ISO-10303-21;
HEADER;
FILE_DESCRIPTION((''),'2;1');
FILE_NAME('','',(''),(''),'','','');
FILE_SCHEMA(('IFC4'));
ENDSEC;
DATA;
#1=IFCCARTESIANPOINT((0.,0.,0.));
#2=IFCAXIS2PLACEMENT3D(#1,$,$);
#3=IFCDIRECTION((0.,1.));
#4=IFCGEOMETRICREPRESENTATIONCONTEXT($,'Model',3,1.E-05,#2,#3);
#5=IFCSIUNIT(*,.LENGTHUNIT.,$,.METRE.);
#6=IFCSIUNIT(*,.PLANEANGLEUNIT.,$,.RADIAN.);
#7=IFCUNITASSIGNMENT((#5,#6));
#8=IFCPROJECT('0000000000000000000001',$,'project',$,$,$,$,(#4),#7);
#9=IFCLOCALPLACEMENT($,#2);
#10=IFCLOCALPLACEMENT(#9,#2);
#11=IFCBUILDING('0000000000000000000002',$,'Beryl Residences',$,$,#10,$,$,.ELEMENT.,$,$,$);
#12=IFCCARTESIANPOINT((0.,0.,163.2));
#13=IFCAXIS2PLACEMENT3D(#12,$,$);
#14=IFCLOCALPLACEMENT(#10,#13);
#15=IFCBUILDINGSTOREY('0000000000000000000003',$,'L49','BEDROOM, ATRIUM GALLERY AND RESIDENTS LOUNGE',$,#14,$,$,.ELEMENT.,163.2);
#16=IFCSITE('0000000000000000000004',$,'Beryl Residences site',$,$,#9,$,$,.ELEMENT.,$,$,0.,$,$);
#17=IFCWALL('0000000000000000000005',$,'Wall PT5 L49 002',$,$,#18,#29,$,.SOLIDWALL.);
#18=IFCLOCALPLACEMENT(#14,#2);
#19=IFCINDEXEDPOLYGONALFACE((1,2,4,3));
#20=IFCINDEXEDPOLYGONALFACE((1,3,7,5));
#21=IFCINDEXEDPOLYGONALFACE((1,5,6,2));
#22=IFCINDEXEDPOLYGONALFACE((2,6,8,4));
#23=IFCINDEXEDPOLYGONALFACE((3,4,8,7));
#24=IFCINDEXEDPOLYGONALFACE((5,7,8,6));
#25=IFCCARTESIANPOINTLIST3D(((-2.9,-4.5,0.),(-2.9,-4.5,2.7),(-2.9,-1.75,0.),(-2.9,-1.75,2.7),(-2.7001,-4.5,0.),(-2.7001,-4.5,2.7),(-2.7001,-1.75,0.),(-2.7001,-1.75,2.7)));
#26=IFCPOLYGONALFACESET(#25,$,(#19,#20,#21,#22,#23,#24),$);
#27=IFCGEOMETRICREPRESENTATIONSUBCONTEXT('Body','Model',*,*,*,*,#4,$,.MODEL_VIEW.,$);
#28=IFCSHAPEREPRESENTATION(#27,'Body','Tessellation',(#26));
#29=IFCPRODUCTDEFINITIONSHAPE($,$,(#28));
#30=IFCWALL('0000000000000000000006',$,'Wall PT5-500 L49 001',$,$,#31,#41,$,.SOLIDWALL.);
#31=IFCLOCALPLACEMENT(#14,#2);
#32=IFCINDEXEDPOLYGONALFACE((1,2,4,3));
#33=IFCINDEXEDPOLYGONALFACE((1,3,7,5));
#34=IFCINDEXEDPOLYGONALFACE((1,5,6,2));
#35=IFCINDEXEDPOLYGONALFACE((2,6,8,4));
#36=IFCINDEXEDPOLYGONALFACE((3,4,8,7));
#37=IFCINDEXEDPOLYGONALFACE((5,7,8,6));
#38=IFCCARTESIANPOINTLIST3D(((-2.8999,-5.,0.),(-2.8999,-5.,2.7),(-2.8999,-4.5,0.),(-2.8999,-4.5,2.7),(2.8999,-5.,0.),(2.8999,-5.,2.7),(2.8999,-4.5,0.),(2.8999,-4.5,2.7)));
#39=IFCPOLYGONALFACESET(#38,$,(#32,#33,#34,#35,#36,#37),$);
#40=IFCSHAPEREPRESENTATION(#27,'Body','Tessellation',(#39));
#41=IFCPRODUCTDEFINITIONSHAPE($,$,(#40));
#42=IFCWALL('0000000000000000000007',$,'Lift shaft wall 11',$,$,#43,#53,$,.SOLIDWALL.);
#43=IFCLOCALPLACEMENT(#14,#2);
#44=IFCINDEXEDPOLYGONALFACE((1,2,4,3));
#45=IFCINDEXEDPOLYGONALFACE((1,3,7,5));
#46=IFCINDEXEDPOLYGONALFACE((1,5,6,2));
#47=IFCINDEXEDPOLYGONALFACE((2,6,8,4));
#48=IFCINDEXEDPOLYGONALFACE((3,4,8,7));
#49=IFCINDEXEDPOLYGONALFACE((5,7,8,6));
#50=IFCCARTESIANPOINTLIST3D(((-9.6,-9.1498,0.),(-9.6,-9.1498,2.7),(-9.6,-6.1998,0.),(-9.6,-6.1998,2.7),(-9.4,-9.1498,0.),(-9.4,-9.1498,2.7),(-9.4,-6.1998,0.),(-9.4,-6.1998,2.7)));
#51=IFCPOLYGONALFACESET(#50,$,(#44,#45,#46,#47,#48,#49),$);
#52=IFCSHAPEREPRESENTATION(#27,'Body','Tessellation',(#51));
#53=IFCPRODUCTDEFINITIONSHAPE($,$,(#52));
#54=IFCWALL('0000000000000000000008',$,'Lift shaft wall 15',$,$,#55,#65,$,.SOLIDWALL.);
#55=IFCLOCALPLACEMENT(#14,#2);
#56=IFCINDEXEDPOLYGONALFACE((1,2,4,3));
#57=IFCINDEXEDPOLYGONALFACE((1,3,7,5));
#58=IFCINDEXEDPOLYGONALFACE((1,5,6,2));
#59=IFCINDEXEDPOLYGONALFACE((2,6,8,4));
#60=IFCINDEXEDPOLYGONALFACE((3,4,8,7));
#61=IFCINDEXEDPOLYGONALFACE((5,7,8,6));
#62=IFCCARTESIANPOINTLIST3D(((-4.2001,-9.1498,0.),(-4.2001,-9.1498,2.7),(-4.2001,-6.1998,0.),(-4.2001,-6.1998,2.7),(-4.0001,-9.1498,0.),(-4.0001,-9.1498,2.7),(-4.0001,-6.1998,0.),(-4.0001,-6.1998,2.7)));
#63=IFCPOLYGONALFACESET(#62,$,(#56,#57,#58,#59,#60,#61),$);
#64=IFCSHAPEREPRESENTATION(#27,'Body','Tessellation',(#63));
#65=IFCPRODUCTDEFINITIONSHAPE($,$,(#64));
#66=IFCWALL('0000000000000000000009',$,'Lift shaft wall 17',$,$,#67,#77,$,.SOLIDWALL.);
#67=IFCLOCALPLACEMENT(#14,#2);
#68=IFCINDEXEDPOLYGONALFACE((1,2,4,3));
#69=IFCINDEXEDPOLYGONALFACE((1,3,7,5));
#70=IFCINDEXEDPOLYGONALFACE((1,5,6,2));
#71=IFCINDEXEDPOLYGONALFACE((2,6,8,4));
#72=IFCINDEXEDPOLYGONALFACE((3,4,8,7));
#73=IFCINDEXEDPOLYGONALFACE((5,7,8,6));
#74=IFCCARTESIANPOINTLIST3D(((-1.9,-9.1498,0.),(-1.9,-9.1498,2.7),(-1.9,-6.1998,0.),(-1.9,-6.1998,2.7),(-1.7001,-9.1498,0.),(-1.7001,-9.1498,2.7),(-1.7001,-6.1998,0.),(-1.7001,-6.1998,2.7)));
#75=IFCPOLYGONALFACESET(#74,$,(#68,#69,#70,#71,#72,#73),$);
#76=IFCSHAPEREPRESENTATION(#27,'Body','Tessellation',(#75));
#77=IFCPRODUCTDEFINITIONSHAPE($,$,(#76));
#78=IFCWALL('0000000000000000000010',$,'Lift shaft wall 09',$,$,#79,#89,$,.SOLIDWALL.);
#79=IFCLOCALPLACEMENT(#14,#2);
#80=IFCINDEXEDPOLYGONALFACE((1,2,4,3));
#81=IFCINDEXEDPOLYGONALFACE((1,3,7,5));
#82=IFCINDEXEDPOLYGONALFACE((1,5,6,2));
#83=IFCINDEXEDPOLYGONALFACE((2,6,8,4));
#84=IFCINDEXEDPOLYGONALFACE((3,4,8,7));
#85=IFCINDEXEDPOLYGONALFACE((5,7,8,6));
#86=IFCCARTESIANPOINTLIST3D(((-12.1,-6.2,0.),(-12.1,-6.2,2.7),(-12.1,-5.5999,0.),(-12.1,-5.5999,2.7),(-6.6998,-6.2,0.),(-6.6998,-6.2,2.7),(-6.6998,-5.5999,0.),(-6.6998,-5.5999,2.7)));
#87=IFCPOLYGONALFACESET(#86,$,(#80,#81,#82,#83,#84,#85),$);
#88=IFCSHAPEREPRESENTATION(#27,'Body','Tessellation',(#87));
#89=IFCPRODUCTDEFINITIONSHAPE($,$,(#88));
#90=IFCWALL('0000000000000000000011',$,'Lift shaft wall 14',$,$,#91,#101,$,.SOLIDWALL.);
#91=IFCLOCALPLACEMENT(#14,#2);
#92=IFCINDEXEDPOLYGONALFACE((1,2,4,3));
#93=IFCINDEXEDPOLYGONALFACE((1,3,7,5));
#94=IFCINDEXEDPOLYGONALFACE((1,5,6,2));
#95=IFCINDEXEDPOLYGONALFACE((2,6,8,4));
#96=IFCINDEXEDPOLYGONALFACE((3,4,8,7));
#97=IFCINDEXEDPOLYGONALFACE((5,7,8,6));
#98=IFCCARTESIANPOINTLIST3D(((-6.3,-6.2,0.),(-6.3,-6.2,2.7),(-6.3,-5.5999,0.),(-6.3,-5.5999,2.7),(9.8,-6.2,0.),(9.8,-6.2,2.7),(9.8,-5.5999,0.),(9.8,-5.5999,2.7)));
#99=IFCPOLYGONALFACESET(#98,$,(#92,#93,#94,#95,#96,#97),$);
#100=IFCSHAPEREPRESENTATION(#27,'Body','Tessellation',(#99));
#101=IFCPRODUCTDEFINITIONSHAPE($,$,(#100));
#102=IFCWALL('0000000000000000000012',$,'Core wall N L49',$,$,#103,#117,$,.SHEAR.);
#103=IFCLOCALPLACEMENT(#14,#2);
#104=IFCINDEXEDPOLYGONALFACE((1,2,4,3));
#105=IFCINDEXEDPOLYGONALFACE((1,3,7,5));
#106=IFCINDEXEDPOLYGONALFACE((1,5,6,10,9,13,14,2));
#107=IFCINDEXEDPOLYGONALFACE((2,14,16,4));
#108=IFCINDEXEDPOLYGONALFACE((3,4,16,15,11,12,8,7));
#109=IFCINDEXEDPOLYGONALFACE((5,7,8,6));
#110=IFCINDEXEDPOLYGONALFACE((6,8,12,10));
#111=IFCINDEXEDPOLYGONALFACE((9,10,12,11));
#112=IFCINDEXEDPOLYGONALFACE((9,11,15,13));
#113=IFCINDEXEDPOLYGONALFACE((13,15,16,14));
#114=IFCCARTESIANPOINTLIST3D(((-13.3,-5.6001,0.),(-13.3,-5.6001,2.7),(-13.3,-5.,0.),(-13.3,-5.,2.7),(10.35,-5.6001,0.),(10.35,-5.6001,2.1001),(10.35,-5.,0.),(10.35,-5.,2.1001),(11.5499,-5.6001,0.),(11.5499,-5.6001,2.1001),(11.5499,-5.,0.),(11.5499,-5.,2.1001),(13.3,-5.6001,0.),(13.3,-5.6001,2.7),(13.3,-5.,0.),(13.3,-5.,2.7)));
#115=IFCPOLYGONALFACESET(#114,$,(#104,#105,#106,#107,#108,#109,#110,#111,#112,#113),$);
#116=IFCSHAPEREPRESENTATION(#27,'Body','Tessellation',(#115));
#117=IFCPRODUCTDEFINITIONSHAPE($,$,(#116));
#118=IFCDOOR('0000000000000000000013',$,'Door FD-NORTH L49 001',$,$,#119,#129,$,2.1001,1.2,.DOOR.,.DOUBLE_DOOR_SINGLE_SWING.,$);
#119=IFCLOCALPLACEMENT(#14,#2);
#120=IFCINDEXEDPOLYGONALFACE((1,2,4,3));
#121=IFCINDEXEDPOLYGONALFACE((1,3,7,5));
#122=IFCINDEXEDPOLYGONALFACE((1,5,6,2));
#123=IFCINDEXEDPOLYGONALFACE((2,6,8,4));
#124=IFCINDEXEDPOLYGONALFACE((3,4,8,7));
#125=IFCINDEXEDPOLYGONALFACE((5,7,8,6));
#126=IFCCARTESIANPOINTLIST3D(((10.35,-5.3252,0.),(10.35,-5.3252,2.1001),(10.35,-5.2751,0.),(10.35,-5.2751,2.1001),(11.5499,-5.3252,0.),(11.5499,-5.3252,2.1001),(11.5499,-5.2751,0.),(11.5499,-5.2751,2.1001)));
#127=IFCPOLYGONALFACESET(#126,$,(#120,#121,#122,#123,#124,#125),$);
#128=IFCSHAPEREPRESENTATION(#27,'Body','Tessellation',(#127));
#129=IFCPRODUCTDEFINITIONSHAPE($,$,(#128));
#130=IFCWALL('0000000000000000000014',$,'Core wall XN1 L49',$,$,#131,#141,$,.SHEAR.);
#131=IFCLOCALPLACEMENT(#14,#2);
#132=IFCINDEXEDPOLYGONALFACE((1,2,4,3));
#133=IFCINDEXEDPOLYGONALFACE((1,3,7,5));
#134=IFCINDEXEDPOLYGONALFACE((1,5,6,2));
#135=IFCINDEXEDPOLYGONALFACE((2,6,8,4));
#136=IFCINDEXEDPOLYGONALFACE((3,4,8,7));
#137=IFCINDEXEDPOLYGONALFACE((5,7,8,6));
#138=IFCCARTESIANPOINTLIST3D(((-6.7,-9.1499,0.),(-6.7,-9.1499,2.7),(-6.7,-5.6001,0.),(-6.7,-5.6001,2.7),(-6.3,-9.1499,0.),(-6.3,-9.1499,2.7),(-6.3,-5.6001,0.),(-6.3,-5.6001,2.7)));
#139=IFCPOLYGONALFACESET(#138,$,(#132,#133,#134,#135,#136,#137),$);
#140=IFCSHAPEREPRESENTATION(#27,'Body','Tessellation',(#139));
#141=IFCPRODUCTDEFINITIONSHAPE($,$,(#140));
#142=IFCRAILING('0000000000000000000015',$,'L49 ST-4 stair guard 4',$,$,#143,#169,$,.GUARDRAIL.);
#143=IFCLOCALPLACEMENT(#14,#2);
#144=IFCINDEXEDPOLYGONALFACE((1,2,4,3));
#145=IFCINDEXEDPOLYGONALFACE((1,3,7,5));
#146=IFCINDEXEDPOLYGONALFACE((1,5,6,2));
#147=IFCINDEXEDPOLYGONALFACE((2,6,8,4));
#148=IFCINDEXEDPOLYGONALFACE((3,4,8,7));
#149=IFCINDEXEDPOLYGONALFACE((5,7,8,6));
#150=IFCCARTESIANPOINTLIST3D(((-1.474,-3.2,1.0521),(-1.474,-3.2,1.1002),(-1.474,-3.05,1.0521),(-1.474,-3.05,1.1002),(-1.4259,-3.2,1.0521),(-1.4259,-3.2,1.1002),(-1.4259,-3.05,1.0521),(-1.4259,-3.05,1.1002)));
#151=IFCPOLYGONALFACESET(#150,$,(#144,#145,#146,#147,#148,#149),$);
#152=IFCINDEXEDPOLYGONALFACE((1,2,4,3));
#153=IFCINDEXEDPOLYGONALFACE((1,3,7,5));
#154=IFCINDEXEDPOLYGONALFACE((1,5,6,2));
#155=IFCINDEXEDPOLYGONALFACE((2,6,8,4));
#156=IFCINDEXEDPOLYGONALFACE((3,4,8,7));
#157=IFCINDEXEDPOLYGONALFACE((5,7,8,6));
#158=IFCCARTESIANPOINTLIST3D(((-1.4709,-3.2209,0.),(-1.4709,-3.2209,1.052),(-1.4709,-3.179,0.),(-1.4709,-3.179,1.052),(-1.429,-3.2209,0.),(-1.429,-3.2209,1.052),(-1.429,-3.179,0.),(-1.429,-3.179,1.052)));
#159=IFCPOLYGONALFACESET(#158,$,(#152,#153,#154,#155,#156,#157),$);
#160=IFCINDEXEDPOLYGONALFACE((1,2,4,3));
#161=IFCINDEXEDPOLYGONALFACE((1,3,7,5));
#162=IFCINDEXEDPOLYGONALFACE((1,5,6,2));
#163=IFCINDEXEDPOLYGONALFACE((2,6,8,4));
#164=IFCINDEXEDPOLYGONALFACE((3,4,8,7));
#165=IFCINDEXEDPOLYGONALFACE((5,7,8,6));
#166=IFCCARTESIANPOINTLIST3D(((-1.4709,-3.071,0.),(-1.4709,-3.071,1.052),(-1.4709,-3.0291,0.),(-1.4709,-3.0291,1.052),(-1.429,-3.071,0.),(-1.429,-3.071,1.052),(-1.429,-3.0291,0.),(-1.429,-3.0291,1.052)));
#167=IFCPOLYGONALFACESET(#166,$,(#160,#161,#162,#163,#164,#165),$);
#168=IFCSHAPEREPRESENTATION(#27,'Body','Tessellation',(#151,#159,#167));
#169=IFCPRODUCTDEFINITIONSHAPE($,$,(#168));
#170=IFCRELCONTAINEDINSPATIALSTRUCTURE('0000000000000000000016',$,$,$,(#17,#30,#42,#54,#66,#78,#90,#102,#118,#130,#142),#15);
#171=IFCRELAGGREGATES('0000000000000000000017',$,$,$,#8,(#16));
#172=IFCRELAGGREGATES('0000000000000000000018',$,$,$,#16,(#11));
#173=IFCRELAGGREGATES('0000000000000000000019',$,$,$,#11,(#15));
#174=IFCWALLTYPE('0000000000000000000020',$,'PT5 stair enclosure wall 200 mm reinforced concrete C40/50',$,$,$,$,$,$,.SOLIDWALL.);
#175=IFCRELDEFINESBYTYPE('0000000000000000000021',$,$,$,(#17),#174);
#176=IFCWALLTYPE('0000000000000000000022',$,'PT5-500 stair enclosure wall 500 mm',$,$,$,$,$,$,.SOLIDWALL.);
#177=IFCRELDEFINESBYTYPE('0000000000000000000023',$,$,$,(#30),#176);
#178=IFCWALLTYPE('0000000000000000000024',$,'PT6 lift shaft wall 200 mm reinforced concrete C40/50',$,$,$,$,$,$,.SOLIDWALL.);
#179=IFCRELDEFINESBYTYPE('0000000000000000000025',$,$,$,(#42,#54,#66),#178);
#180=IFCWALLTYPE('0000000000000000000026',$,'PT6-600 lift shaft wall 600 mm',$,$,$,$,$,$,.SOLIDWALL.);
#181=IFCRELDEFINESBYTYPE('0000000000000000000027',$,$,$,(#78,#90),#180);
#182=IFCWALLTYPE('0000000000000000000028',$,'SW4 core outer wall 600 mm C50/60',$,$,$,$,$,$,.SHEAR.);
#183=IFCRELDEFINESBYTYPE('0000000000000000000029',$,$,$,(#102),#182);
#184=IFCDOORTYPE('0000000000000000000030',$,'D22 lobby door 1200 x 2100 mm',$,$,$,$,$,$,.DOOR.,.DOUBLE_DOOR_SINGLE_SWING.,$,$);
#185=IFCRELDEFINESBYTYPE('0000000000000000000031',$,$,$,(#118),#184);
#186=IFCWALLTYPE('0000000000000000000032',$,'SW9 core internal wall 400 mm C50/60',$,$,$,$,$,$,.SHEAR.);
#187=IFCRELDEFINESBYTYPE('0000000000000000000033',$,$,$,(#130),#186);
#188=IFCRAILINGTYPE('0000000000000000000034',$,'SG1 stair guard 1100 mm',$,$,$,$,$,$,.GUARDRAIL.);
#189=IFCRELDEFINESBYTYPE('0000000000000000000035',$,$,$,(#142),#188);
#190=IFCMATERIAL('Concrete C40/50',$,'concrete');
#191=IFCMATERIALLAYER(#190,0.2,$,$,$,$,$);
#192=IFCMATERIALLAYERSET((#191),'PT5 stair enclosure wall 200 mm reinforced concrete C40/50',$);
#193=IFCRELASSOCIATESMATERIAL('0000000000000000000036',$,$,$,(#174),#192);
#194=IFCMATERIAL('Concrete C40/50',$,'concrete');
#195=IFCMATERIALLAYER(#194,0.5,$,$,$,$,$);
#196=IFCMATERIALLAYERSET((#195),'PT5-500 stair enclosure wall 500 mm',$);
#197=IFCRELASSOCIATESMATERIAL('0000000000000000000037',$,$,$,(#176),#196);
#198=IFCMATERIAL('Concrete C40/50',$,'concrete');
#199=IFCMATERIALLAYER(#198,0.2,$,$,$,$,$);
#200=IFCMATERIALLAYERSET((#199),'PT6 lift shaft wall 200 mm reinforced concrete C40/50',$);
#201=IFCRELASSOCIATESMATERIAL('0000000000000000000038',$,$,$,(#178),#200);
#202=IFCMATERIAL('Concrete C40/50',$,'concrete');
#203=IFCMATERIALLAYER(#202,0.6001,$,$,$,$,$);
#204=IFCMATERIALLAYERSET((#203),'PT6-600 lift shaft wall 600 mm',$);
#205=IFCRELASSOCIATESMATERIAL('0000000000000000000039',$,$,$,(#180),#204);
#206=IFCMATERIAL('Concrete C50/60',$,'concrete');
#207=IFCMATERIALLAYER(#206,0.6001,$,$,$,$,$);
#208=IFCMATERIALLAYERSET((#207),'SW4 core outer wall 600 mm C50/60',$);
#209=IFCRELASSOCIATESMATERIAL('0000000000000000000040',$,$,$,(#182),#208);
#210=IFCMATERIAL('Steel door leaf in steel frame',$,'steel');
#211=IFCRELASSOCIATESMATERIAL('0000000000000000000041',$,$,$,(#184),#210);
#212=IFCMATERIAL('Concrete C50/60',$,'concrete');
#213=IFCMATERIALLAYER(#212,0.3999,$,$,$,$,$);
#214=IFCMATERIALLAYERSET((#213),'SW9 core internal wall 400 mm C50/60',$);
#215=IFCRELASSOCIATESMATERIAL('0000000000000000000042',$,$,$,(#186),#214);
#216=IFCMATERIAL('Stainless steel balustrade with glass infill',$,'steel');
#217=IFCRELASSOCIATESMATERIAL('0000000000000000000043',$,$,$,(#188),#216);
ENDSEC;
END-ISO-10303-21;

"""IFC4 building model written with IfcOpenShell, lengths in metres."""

from ifc_helpers import new_model, si_unit, direction, frame, frame_2d, origin, origin_2d, place, context, subcontext, project, spatial, rectangle, extrude, material, layer, layer_set, type_object, element, fill, save


model = new_model("IFC4")

# Units and contexts
model_context = context("Model", 3, precision=1e-05, world=origin(), true_north=direction((0.0, 1.0)))
body_context = subcontext(model_context, "Body", "Model", "MODEL_VIEW")
ifc_project = project(units=[si_unit("LENGTHUNIT", "METRE"), si_unit("PLANEANGLEUNIT", "RADIAN")], contexts=[model_context])

# Site, building, storey
site_placement = place(None, origin())
site = spatial("IfcSite", under=ifc_project, at=site_placement, Name="Beryl Residences site", CompositionType="ELEMENT", RefElevation=0.0)
building_placement = place(site_placement, origin())
building = spatial("IfcBuilding", under=site, at=building_placement, Name="Beryl Residences", CompositionType="ELEMENT")
storey_placement = place(building_placement, frame((0.0, 0.0, 163.2)))
storey = spatial("IfcBuildingStorey", under=building, at=storey_placement, Name="L49", Description="BEDROOM, ATRIUM GALLERY AND RESIDENTS LOUNGE", CompositionType="ELEMENT", Elevation=163.2)

# Walls
ifc_material_1 = material(Name="Concrete C40/50", Category="concrete")
ifc_layer_1 = layer(ifc_material_1, 0.2)
ifc_layer_set_1 = layer_set([ifc_layer_1], Name="PT5 stair enclosure wall 200 mm reinforced concrete C40/50")
wall_type_1 = type_object("IfcWallType", Name="PT5 stair enclosure wall 200 mm reinforced concrete C40/50", PredefinedType="SOLIDWALL", material=ifc_layer_set_1)
wall_1_placement = place(storey_placement, frame((-2.8, -4.5, 0.0), z_axis=(0.0, 0.0, 1.0), x_axis=(0.0, 1.0, 0.0)))
element("IfcWall", 1, at=wall_1_placement, inside=storey, type_object=wall_type_1, Name="Wall PT5 L49 002", PredefinedType="SOLIDWALL", context=body_context, shape_type="SweptSolid", body=[
    extrude(rectangle(XDim=2.75, YDim=0.2, at=frame_2d((1.375, 0.0))), origin(), (0.0, 0.0, 1.0), 2.7),
])
ifc_material_2 = material(Name="Concrete C40/50", Category="concrete")
ifc_layer_2 = layer(ifc_material_2, 0.5)
ifc_layer_set_2 = layer_set([ifc_layer_2], Name="PT5-500 stair enclosure wall 500 mm")
wall_type_2 = type_object("IfcWallType", Name="PT5-500 stair enclosure wall 500 mm", PredefinedType="SOLIDWALL", material=ifc_layer_set_2)
wall_2_placement = place(storey_placement, frame((-2.8999, -4.75, 0.0), z_axis=(0.0, 0.0, 1.0), x_axis=(1.0, 0.0, 0.0)))
element("IfcWall", 2, at=wall_2_placement, inside=storey, type_object=wall_type_2, Name="Wall PT5-500 L49 001", PredefinedType="SOLIDWALL", context=body_context, shape_type="SweptSolid", body=[
    extrude(rectangle(XDim=5.7998, YDim=0.5, at=frame_2d((2.8999, 0.0))), origin(), (0.0, 0.0, 1.0), 2.7),
])
ifc_material_3 = material(Name="Concrete C40/50", Category="concrete")
ifc_layer_3 = layer(ifc_material_3, 0.2)
ifc_layer_set_3 = layer_set([ifc_layer_3], Name="PT6 lift shaft wall 200 mm reinforced concrete C40/50")
wall_type_3 = type_object("IfcWallType", Name="PT6 lift shaft wall 200 mm reinforced concrete C40/50", PredefinedType="SOLIDWALL", material=ifc_layer_set_3)
for number, where, z_axis, x_axis, name in (
    (3, (-9.5, -9.1499, 0.0), (0.0, 0.0, 1.0), (0.0, 1.0, 0.0), "Lift shaft wall 11"),
    (4, (-4.1001, -9.1499, 0.0), (0.0, 0.0, 1.0), (0.0, 1.0, 0.0), "Lift shaft wall 15"),
    (5, (-1.8, -9.1499, 0.0), (0.0, 0.0, 1.0), (0.0, 1.0, 0.0), "Lift shaft wall 17"),
):
    element("IfcWall", number, at=place(storey_placement, frame(where, z_axis=z_axis, x_axis=x_axis)), inside=storey, type_object=wall_type_3, Name=name, PredefinedType="SOLIDWALL", context=body_context, shape_type="SweptSolid", body=[
        extrude(rectangle(XDim=2.95, YDim=0.2, at=frame_2d((1.4751, 0.0))), origin(), (0.0, 0.0, 1.0), 2.7),
    ])
ifc_material_4 = material(Name="Concrete C40/50", Category="concrete")
ifc_layer_4 = layer(ifc_material_4, 0.6001)
ifc_layer_set_4 = layer_set([ifc_layer_4], Name="PT6-600 lift shaft wall 600 mm")
wall_type_4 = type_object("IfcWallType", Name="PT6-600 lift shaft wall 600 mm", PredefinedType="SOLIDWALL", material=ifc_layer_set_4)
wall_3_placement = place(storey_placement, frame((-12.1001, -5.8999, 0.0), z_axis=(0.0, 0.0, 1.0), x_axis=(1.0, 0.0, 0.0)))
element("IfcWall", 6, at=wall_3_placement, inside=storey, type_object=wall_type_4, Name="Lift shaft wall 09", PredefinedType="SOLIDWALL", context=body_context, shape_type="SweptSolid", body=[
    extrude(rectangle(XDim=5.4001, YDim=0.6001, at=frame_2d((2.7002, 0.0))), origin(), (0.0, 0.0, 1.0), 2.7),
])
wall_4_placement = place(storey_placement, frame((-6.3, -5.8999, 0.0), z_axis=(0.0, 0.0, 1.0), x_axis=(1.0, 0.0, 0.0)))
element("IfcWall", 7, at=wall_4_placement, inside=storey, type_object=wall_type_4, Name="Lift shaft wall 14", PredefinedType="SOLIDWALL", context=body_context, shape_type="SweptSolid", body=[
    extrude(rectangle(XDim=16.1001, YDim=0.6001, at=frame_2d((8.05, 0.0))), origin(), (0.0, 0.0, 1.0), 2.7),
])

# Wall, opening, door
ifc_material_5 = material(Name="Concrete C50/60", Category="concrete")
ifc_layer_5 = layer(ifc_material_5, 0.6001)
ifc_layer_set_5 = layer_set([ifc_layer_5], Name="SW4 core outer wall 600 mm C50/60")
wall_type_5 = type_object("IfcWallType", Name="SW4 core outer wall 600 mm C50/60", PredefinedType="SHEAR", material=ifc_layer_set_5)
wall_5_placement = place(storey_placement, frame((-13.3, -5.3, 0.0), z_axis=(0.0, 0.0, 1.0), x_axis=(1.0, 0.0, 0.0)))
wall_5 = element("IfcWall", 8, at=wall_5_placement, inside=storey, type_object=wall_type_5, Name="Core wall N L49", PredefinedType="SHEAR", context=body_context, shape_type="SweptSolid", body=[
    extrude(rectangle(XDim=26.6001, YDim=0.6001, at=frame_2d((13.3, 0.0))), origin(), (0.0, 0.0, 1.0), 2.7),
])
opening_placement = place(wall_5_placement, frame((23.6499, 0.0, 0.0)))
opening = element("IfcOpeningElement", 9, at=opening_placement, cuts=wall_5, PredefinedType="OPENING", context=body_context, shape_type="SweptSolid", body=[
    extrude(rectangle(XDim=1.2, YDim=2.1001, at=frame_2d((0.6001, 1.05))), frame((0.0, 0.3101, 0.0), z_axis=(0.0, -1.0, 0.0), x_axis=(1.0, 0.0, 0.0)), (0.0, 0.0, 1.0), 0.6201),
])
ifc_material_6 = material(Name="Steel door leaf in steel frame", Category="steel")
door_type = type_object("IfcDoorType", Name="D22 lobby door 1200 x 2100 mm", OperationType="DOUBLE_DOOR_SINGLE_SWING", PredefinedType="DOOR", material=ifc_material_6)
door_placement = place(opening_placement, origin())
door = element("IfcDoor", 10, at=door_placement, inside=storey, type_object=door_type, Name="Door FD-NORTH L49 001", OperationType="DOUBLE_DOOR_SINGLE_SWING", OverallHeight=2.1001, OverallWidth=1.2, PredefinedType="DOOR", context=body_context, shape_type="SweptSolid", body=[
    extrude(rectangle(XDim=1.2, YDim=2.1001, at=frame_2d((0.6001, 1.05))), frame((0.0, 0.0249, 0.0), z_axis=(0.0, -1.0, 0.0), x_axis=(1.0, 0.0, 0.0)), (0.0, 0.0, 1.0), 0.05),
])
fill(opening, door)

# Wall
ifc_material_7 = material(Name="Concrete C50/60", Category="concrete")
ifc_layer_6 = layer(ifc_material_7, 0.3999)
ifc_layer_set_6 = layer_set([ifc_layer_6], Name="SW9 core internal wall 400 mm C50/60")
wall_type_6 = type_object("IfcWallType", Name="SW9 core internal wall 400 mm C50/60", PredefinedType="SHEAR", material=ifc_layer_set_6)
wall_6_placement = place(storey_placement, frame((-6.5, -9.1499, 0.0), z_axis=(0.0, 0.0, 1.0), x_axis=(0.0, 1.0, 0.0)))
element("IfcWall", 11, at=wall_6_placement, inside=storey, type_object=wall_type_6, Name="Core wall XN1 L49", PredefinedType="SHEAR", context=body_context, shape_type="SweptSolid", body=[
    extrude(rectangle(XDim=3.5498, YDim=0.3999, at=frame_2d((1.7749, 0.0))), origin(), (0.0, 0.0, 1.0), 2.7),
])

# Railing
ifc_material_8 = material(Name="Stainless steel balustrade with glass infill", Category="steel")
railing_type = type_object("IfcRailingType", Name="SG1 stair guard 1100 mm", PredefinedType="GUARDRAIL", material=ifc_material_8)
railing_placement = place(storey_placement, frame((-1.45, -3.2, 0.0)))
element("IfcRailing", 12, at=railing_placement, inside=storey, type_object=railing_type, Name="L49 ST-4 stair guard 4", PredefinedType="GUARDRAIL", context=body_context, shape_type="SweptSolid", body=[
    extrude(rectangle(XDim=0.0481, YDim=0.0481, at=origin_2d()), frame((0.0, 0.0, 1.0762), z_axis=(0.0, 1.0, 0.0), x_axis=(-1.0, 0.0, 0.0)), (0.0, 0.0, 1.0), 0.1499),
    extrude(rectangle(XDim=0.042, YDim=0.042, at=origin_2d()), origin(), (0.0, 0.0, 1.0), 1.052),
    extrude(rectangle(XDim=0.042, YDim=0.042, at=origin_2d()), frame((0.0, 0.1499, 0.0)), (0.0, 0.0, 1.0), 1.052),
])

save(model, "model.ifc")
